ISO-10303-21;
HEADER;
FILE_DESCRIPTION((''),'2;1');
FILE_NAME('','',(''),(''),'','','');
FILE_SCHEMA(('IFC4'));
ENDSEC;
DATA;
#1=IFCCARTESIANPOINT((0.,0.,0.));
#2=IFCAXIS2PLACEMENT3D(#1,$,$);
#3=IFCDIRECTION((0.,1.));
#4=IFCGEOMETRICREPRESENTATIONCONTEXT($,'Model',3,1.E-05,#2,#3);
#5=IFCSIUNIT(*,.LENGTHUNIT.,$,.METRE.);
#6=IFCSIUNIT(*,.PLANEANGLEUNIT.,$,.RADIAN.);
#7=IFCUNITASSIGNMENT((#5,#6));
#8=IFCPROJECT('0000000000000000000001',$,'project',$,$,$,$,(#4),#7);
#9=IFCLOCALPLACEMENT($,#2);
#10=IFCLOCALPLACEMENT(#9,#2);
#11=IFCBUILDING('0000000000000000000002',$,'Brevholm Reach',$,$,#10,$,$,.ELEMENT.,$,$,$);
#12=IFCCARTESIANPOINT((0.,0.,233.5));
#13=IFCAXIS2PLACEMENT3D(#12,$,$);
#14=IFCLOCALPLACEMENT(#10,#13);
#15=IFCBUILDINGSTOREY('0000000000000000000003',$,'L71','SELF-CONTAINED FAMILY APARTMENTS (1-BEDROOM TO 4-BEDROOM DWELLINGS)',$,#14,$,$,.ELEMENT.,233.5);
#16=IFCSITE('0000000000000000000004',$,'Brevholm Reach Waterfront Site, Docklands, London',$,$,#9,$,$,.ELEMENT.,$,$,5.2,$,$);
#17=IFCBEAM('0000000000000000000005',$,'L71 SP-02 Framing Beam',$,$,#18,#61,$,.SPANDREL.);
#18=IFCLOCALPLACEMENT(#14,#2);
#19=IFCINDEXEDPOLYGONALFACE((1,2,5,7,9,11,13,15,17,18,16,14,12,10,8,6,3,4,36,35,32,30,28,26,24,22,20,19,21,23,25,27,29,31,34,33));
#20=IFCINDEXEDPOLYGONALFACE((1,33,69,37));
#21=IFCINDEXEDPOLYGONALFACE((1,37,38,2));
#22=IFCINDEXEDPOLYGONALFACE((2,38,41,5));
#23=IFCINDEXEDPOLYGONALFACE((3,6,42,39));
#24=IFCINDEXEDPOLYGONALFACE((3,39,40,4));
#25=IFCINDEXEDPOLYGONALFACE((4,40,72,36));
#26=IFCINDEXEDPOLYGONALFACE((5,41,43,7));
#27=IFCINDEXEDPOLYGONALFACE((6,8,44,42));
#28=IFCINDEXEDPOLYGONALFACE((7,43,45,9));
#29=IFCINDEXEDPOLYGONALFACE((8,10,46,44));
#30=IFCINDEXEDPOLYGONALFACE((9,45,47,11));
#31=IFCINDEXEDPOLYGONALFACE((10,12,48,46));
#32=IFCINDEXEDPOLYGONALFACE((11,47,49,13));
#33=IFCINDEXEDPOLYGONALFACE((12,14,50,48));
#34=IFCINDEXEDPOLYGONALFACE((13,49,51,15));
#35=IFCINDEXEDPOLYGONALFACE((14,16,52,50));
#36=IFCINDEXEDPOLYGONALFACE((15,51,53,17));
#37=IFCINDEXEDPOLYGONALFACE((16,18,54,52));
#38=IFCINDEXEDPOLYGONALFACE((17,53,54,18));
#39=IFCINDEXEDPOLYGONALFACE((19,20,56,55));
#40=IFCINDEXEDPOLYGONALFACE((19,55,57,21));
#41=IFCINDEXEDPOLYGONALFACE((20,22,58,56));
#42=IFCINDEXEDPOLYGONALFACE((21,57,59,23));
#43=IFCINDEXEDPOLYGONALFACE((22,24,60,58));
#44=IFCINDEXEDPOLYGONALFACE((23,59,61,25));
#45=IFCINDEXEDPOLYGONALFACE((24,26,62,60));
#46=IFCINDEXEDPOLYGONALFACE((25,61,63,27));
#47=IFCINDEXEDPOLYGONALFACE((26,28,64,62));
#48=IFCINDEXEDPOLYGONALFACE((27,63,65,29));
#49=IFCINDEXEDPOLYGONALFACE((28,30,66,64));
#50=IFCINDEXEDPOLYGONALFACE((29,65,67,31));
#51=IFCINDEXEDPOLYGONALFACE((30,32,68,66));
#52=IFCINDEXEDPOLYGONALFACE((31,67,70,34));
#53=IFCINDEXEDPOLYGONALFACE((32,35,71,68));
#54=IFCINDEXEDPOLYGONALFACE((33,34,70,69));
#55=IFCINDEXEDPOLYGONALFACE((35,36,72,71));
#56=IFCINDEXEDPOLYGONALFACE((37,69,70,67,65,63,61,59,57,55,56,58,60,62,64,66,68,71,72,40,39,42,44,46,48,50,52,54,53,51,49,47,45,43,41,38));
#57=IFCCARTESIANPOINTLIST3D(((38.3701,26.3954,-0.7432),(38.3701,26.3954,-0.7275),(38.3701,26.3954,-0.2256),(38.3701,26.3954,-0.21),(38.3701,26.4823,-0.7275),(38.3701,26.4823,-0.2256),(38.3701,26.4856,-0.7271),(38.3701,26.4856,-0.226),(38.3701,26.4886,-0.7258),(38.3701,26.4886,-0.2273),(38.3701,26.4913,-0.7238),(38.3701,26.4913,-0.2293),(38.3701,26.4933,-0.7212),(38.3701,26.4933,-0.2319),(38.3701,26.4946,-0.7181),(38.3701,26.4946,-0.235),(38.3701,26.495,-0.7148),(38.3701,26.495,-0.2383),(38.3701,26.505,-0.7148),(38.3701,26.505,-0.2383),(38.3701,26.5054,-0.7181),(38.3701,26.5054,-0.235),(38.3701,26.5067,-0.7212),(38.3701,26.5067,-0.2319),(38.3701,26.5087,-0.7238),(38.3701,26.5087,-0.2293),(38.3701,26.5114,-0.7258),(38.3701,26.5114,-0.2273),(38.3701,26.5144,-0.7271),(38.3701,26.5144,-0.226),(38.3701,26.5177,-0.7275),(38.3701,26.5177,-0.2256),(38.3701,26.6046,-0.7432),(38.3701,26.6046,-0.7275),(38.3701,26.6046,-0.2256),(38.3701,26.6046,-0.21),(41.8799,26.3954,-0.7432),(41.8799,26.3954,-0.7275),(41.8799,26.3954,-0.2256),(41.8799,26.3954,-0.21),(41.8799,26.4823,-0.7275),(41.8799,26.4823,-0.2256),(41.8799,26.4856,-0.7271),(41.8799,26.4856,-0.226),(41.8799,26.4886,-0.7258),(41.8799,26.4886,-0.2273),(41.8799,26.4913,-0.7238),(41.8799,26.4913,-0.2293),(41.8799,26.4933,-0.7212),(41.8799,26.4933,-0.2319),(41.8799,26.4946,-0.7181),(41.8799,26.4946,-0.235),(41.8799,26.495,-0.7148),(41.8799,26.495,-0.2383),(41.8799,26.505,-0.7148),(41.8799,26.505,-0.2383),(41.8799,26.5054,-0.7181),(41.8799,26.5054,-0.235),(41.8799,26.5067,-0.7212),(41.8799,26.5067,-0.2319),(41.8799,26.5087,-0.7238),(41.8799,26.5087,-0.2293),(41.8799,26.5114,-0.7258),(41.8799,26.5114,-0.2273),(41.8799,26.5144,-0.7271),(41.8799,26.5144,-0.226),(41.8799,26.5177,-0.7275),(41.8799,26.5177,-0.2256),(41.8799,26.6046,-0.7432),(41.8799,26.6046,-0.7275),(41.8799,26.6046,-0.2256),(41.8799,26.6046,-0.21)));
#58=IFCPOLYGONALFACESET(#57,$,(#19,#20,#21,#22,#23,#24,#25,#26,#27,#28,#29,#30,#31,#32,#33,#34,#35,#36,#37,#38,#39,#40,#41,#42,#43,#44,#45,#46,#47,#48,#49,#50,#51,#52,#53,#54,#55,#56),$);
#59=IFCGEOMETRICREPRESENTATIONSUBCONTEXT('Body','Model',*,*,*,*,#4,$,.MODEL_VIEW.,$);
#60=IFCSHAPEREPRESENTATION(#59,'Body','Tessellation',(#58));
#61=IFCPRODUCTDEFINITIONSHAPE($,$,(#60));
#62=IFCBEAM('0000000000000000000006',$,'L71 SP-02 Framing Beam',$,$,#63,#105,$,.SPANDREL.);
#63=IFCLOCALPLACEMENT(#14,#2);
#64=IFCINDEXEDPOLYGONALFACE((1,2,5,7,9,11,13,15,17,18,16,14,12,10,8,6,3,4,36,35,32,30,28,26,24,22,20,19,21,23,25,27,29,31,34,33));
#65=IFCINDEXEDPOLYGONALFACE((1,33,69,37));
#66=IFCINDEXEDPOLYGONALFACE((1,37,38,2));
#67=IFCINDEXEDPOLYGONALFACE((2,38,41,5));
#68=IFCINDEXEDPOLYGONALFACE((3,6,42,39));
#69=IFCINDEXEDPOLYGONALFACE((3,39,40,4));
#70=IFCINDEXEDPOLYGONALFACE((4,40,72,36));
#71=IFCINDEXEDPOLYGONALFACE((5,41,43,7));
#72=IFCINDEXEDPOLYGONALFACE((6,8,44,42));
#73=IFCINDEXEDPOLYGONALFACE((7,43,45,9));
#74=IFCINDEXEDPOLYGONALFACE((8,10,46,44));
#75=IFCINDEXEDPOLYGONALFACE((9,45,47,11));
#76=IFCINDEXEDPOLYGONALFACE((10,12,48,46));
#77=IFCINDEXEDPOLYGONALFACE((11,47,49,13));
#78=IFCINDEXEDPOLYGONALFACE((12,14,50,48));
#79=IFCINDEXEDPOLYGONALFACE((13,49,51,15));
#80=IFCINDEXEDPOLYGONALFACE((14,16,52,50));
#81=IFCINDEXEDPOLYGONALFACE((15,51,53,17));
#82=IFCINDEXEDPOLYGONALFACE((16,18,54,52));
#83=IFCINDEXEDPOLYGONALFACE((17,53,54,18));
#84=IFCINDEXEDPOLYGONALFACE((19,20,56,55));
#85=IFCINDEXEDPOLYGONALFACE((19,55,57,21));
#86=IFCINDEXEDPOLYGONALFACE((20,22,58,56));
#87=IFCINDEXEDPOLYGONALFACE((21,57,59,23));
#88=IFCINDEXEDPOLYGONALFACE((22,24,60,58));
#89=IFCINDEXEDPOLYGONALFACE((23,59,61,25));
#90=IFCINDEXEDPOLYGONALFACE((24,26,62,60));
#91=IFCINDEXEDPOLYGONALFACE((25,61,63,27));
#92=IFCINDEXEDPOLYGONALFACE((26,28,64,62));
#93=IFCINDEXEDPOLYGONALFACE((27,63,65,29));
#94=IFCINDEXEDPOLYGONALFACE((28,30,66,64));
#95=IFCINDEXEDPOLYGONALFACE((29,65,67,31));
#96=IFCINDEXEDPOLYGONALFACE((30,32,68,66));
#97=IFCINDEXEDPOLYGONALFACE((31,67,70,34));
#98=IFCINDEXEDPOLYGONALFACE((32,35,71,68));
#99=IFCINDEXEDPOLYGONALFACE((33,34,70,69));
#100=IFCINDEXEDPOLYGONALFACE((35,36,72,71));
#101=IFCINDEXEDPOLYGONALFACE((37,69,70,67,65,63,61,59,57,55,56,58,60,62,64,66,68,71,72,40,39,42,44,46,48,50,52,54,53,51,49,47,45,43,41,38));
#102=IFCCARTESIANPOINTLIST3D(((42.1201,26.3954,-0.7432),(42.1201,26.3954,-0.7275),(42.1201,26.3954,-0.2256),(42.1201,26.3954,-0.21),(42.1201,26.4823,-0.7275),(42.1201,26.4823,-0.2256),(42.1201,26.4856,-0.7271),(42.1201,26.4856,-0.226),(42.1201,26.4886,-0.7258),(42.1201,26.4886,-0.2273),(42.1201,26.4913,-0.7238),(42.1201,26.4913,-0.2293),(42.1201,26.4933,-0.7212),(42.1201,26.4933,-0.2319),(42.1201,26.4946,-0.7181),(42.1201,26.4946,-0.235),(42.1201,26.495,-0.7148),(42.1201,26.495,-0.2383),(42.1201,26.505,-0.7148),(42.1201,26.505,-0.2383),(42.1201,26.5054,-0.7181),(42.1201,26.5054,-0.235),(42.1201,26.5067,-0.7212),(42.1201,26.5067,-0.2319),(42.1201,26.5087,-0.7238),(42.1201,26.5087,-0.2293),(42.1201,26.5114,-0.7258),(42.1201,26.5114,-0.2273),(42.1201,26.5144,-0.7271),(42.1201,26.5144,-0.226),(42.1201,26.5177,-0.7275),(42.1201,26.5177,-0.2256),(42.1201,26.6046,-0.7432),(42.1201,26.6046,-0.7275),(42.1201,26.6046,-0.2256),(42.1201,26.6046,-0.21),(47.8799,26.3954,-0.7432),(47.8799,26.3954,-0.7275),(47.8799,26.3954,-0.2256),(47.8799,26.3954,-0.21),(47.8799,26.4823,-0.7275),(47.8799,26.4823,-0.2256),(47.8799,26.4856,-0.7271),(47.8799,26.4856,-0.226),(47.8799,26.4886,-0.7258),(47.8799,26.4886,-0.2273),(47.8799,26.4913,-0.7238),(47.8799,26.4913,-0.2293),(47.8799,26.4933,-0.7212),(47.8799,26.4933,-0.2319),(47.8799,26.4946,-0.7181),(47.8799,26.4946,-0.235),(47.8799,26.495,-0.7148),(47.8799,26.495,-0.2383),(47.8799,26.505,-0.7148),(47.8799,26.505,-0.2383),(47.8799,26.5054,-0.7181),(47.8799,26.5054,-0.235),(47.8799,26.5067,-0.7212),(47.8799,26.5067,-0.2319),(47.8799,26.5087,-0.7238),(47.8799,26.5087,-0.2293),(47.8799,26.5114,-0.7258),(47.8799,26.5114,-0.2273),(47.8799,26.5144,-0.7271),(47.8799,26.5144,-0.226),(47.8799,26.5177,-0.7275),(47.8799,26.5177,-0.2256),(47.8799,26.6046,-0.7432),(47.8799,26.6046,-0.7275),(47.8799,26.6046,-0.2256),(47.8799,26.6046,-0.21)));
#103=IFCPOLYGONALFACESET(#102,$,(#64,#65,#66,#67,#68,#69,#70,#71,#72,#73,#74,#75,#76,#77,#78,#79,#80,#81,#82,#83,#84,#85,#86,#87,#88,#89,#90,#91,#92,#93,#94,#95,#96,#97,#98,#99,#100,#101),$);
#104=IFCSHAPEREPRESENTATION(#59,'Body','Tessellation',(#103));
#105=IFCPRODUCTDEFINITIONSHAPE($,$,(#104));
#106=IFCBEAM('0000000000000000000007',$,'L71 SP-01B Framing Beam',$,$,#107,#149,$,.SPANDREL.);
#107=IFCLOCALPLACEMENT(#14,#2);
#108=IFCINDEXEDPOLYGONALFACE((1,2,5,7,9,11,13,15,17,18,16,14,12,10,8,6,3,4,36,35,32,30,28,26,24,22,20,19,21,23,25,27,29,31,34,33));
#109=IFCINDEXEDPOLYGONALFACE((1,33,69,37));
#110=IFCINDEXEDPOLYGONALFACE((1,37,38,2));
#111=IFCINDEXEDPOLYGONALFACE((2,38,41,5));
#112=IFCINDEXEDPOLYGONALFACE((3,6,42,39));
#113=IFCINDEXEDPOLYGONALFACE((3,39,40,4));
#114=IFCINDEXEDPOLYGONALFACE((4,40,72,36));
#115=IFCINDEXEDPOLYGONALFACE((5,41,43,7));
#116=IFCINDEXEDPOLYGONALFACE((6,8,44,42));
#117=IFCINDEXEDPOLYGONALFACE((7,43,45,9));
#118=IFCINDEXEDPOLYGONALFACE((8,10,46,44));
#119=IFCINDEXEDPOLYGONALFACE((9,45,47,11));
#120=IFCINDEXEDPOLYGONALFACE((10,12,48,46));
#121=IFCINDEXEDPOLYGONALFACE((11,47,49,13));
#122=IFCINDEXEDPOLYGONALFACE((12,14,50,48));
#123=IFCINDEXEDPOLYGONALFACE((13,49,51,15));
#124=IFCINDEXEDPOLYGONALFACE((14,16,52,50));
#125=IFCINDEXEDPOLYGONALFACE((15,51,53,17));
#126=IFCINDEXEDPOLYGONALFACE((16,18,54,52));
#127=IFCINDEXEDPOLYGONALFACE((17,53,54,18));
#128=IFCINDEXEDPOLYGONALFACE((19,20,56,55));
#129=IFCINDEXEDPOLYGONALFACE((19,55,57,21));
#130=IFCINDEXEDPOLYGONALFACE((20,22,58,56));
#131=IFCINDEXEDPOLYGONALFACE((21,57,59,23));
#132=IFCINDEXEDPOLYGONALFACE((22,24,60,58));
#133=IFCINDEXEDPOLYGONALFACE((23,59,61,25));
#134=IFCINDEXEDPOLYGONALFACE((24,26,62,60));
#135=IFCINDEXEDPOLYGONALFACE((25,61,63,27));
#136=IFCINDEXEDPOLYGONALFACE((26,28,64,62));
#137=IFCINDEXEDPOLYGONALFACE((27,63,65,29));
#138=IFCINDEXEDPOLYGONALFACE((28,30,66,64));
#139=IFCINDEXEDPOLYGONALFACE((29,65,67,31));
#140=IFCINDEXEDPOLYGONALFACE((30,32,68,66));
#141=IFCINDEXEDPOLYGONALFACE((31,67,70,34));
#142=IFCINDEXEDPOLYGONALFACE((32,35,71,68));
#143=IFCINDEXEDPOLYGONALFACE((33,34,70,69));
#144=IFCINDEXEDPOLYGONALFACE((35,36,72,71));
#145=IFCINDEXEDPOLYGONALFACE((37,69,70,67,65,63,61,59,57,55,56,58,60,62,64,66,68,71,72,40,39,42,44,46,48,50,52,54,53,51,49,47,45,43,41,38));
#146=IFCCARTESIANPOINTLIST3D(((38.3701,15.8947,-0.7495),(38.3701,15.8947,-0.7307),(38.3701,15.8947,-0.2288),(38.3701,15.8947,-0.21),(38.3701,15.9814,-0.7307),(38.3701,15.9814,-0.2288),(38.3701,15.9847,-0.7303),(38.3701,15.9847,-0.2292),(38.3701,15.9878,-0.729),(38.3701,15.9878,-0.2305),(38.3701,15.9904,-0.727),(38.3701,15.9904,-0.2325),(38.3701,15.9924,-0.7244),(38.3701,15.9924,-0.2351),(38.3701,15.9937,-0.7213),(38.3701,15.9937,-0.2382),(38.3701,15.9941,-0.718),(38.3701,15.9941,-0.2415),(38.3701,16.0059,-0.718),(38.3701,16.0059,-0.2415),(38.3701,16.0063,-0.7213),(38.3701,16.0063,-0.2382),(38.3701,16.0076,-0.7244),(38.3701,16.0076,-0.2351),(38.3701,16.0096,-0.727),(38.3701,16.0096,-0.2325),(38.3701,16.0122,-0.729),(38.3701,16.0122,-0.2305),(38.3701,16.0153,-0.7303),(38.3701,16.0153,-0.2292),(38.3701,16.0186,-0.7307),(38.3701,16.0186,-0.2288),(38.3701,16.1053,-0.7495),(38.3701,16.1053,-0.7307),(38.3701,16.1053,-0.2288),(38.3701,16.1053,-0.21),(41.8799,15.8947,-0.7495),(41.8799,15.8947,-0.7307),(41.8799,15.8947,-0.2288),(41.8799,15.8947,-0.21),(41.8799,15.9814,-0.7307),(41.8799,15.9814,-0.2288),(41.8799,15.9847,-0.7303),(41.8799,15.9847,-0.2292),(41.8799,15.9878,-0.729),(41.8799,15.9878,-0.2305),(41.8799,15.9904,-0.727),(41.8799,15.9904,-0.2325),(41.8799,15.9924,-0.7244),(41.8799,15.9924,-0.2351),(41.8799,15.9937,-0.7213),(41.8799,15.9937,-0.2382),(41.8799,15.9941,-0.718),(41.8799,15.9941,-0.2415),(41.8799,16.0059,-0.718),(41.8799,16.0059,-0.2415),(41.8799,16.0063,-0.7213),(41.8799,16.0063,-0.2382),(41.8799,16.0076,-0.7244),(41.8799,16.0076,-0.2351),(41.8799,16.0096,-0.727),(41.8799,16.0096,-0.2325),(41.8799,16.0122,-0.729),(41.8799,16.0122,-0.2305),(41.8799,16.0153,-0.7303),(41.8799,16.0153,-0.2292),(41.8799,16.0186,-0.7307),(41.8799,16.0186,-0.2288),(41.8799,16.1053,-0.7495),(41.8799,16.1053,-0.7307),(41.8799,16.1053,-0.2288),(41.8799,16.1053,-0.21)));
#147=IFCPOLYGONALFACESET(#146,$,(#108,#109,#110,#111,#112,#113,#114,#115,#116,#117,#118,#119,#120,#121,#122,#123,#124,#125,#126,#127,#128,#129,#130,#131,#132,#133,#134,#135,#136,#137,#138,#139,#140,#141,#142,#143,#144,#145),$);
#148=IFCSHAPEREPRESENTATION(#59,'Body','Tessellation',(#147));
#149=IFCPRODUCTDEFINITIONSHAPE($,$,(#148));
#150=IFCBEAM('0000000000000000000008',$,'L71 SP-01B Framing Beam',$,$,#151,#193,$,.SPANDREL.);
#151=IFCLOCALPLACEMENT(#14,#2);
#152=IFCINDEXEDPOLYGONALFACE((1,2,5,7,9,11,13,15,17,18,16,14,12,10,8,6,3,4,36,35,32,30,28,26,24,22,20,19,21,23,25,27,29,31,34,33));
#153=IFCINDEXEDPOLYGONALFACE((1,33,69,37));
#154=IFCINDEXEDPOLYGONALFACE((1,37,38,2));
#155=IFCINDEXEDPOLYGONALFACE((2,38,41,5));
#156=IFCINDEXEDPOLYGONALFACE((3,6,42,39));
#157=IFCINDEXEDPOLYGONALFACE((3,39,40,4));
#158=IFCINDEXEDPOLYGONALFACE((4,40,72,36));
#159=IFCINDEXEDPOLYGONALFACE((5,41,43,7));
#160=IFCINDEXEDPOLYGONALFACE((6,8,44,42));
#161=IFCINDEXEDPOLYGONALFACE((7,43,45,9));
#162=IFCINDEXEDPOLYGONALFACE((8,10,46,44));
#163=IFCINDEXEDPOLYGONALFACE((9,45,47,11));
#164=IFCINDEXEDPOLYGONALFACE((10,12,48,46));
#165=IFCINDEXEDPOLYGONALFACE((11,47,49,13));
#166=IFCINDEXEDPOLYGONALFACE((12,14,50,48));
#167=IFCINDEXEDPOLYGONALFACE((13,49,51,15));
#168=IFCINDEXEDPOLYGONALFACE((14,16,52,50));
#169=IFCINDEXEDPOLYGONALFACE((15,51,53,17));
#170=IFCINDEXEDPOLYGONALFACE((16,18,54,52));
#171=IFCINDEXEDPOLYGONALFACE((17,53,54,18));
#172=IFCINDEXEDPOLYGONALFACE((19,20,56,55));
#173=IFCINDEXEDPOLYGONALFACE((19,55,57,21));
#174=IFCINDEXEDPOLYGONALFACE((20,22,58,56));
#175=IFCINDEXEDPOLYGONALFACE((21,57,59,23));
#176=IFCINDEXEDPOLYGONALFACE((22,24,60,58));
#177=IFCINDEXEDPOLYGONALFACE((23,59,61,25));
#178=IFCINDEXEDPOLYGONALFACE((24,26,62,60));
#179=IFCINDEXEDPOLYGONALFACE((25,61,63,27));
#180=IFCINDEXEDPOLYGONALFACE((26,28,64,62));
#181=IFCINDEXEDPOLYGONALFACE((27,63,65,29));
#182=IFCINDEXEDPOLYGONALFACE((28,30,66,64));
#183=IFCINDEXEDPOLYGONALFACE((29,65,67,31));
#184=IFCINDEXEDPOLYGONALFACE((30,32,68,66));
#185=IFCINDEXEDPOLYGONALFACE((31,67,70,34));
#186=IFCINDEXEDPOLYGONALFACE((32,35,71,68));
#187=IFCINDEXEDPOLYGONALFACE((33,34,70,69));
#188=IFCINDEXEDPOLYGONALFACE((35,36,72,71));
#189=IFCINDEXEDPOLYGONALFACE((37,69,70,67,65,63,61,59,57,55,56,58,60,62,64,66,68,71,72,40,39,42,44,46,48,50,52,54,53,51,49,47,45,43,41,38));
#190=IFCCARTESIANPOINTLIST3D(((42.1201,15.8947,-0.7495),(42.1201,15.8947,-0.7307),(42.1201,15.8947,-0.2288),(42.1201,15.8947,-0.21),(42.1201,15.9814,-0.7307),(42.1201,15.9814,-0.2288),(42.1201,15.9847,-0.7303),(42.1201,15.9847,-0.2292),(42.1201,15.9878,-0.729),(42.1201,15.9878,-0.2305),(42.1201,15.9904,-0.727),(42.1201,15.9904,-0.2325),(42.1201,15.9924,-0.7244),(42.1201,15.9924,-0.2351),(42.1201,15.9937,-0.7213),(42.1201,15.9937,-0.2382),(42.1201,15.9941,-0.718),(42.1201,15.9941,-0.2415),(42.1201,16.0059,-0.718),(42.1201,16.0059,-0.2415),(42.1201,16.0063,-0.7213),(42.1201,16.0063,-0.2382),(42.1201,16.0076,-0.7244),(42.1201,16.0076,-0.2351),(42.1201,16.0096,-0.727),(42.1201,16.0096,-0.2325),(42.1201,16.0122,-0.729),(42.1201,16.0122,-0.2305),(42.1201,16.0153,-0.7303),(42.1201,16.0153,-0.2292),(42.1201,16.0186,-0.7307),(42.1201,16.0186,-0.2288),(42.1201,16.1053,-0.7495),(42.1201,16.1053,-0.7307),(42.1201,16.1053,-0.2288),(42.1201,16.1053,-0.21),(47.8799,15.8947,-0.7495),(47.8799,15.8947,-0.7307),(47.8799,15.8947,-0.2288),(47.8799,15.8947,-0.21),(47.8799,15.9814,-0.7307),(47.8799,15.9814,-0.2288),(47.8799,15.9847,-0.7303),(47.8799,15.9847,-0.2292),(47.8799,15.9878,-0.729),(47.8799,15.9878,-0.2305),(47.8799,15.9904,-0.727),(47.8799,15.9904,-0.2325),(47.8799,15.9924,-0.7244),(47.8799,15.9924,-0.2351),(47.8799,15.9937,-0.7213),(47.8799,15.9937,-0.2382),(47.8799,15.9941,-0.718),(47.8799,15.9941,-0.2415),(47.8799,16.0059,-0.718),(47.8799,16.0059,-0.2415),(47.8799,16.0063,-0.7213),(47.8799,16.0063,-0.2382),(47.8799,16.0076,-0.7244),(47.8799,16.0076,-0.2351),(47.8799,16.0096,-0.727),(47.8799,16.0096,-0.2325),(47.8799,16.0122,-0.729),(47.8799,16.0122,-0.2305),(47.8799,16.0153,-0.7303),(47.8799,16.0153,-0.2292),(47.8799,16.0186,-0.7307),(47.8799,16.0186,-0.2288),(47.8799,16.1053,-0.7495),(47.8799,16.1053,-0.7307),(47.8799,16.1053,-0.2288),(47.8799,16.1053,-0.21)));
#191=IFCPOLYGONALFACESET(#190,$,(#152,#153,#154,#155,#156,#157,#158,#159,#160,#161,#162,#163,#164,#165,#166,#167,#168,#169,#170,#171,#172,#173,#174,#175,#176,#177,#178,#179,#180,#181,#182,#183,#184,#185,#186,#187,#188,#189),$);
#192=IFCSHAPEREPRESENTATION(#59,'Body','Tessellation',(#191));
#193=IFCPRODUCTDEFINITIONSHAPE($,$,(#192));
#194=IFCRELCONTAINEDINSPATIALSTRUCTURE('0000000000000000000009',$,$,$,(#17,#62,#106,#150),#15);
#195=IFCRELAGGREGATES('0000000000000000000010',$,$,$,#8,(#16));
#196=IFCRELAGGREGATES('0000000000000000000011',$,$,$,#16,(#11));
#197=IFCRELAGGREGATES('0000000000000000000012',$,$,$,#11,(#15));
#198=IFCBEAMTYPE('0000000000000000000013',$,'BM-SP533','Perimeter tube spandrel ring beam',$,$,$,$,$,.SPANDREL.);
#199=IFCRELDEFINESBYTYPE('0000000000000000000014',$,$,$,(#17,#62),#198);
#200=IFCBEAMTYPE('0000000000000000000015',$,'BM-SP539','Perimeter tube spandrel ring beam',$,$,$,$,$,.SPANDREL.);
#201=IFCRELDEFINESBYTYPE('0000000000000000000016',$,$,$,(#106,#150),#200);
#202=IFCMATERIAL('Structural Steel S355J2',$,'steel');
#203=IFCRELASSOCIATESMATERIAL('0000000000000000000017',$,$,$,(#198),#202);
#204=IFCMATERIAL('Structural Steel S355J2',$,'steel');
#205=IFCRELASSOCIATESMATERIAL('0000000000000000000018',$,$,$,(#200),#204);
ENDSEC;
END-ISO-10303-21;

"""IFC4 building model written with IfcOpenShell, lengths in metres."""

from ifc_helpers import new_model, si_unit, direction, frame, origin, origin_2d, place, context, subcontext, project, spatial, i_section, extrude, material, material_profile, profile_set, type_object, element, save


model = new_model("IFC4")

# Units and contexts
model_context = context("Model", 3, precision=1e-05, world=origin(), true_north=direction((0.0, 1.0)))
body_context = subcontext(model_context, "Body", "Model", "MODEL_VIEW")
ifc_project = project(units=[si_unit("LENGTHUNIT", "METRE"), si_unit("PLANEANGLEUNIT", "RADIAN")], contexts=[model_context])

# Site, building, storey
site_placement = place(None, origin())
site = spatial("IfcSite", under=ifc_project, at=site_placement, Name="Brevholm Reach Waterfront Site, Docklands, London", CompositionType="ELEMENT", RefElevation=5.2)
building_placement = place(site_placement, origin())
building = spatial("IfcBuilding", under=site, at=building_placement, Name="Brevholm Reach", CompositionType="ELEMENT")
storey_placement = place(building_placement, frame((0.0, 0.0, 233.5)))
storey = spatial("IfcBuildingStorey", under=building, at=storey_placement, Name="L71", Description="SELF-CONTAINED FAMILY APARTMENTS (1-BEDROOM TO 4-BEDROOM DWELLINGS)", CompositionType="ELEMENT", Elevation=233.5)

# Beams
ifc_material_1 = material(Name="Structural Steel S355J2", Category="steel")
ifc_material_profile_1 = material_profile(ifc_material_1, i_section(OverallWidth=0.2092, OverallDepth=0.5332, WebThickness=0.01, FlangeThickness=0.0156, FilletRadius=0.0127, at=origin_2d()), Name="UKB 533x210x92")
ifc_profile_set_1 = profile_set([ifc_material_profile_1], Name="Structural Steel S355J2")
beam_type_1 = type_object("IfcBeamType", Name="BM-SP533", Description="Perimeter tube spandrel ring beam", PredefinedType="SPANDREL", material=ifc_profile_set_1)
beam_1_placement = place(storey_placement, frame((38.3701, 26.5, -0.4766), z_axis=(1.0, 0.0, 0.0), x_axis=(0.0, 1.0, 0.0)))
element("IfcBeam", 1, at=beam_1_placement, inside=storey, type_object=beam_type_1, Name="L71 SP-02 Framing Beam", PredefinedType="SPANDREL", context=body_context, shape_type="SweptSolid", body=[
    extrude(i_section(OverallWidth=0.2092, OverallDepth=0.5332, WebThickness=0.01, FlangeThickness=0.0156, FilletRadius=0.0127, at=origin_2d()), origin(), (0.0, 0.0, 1.0), 3.5098),
])
beam_2_placement = place(storey_placement, frame((42.1201, 26.5, -0.4766), z_axis=(1.0, 0.0, 0.0), x_axis=(0.0, 1.0, 0.0)))
element("IfcBeam", 2, at=beam_2_placement, inside=storey, type_object=beam_type_1, Name="L71 SP-02 Framing Beam", PredefinedType="SPANDREL", context=body_context, shape_type="SweptSolid", body=[
    extrude(i_section(OverallWidth=0.2092, OverallDepth=0.5332, WebThickness=0.01, FlangeThickness=0.0156, FilletRadius=0.0127, at=origin_2d()), origin(), (0.0, 0.0, 1.0), 5.7598),
])
ifc_material_2 = material(Name="Structural Steel S355J2", Category="steel")
ifc_material_profile_2 = material_profile(ifc_material_2, i_section(OverallWidth=0.2107, OverallDepth=0.5396, WebThickness=0.0117, FlangeThickness=0.0188, FilletRadius=0.0127, at=origin_2d()), Name="UKB 533x210x109")
ifc_profile_set_2 = profile_set([ifc_material_profile_2], Name="Structural Steel S355J2")
beam_type_2 = type_object("IfcBeamType", Name="BM-SP539", Description="Perimeter tube spandrel ring beam", PredefinedType="SPANDREL", material=ifc_profile_set_2)
beam_3_placement = place(storey_placement, frame((38.3701, 16.0, -0.4797), z_axis=(1.0, 0.0, 0.0), x_axis=(0.0, 1.0, 0.0)))
element("IfcBeam", 3, at=beam_3_placement, inside=storey, type_object=beam_type_2, Name="L71 SP-01B Framing Beam", PredefinedType="SPANDREL", context=body_context, shape_type="SweptSolid", body=[
    extrude(i_section(OverallWidth=0.2107, OverallDepth=0.5396, WebThickness=0.0117, FlangeThickness=0.0188, FilletRadius=0.0127, at=origin_2d()), origin(), (0.0, 0.0, 1.0), 3.5098),
])
beam_4_placement = place(storey_placement, frame((42.1201, 16.0, -0.4797), z_axis=(1.0, 0.0, 0.0), x_axis=(0.0, 1.0, 0.0)))
element("IfcBeam", 4, at=beam_4_placement, inside=storey, type_object=beam_type_2, Name="L71 SP-01B Framing Beam", PredefinedType="SPANDREL", context=body_context, shape_type="SweptSolid", body=[
    extrude(i_section(OverallWidth=0.2107, OverallDepth=0.5396, WebThickness=0.0117, FlangeThickness=0.0188, FilletRadius=0.0127, at=origin_2d()), origin(), (0.0, 0.0, 1.0), 5.7598),
])

save(model, "model.ifc")
